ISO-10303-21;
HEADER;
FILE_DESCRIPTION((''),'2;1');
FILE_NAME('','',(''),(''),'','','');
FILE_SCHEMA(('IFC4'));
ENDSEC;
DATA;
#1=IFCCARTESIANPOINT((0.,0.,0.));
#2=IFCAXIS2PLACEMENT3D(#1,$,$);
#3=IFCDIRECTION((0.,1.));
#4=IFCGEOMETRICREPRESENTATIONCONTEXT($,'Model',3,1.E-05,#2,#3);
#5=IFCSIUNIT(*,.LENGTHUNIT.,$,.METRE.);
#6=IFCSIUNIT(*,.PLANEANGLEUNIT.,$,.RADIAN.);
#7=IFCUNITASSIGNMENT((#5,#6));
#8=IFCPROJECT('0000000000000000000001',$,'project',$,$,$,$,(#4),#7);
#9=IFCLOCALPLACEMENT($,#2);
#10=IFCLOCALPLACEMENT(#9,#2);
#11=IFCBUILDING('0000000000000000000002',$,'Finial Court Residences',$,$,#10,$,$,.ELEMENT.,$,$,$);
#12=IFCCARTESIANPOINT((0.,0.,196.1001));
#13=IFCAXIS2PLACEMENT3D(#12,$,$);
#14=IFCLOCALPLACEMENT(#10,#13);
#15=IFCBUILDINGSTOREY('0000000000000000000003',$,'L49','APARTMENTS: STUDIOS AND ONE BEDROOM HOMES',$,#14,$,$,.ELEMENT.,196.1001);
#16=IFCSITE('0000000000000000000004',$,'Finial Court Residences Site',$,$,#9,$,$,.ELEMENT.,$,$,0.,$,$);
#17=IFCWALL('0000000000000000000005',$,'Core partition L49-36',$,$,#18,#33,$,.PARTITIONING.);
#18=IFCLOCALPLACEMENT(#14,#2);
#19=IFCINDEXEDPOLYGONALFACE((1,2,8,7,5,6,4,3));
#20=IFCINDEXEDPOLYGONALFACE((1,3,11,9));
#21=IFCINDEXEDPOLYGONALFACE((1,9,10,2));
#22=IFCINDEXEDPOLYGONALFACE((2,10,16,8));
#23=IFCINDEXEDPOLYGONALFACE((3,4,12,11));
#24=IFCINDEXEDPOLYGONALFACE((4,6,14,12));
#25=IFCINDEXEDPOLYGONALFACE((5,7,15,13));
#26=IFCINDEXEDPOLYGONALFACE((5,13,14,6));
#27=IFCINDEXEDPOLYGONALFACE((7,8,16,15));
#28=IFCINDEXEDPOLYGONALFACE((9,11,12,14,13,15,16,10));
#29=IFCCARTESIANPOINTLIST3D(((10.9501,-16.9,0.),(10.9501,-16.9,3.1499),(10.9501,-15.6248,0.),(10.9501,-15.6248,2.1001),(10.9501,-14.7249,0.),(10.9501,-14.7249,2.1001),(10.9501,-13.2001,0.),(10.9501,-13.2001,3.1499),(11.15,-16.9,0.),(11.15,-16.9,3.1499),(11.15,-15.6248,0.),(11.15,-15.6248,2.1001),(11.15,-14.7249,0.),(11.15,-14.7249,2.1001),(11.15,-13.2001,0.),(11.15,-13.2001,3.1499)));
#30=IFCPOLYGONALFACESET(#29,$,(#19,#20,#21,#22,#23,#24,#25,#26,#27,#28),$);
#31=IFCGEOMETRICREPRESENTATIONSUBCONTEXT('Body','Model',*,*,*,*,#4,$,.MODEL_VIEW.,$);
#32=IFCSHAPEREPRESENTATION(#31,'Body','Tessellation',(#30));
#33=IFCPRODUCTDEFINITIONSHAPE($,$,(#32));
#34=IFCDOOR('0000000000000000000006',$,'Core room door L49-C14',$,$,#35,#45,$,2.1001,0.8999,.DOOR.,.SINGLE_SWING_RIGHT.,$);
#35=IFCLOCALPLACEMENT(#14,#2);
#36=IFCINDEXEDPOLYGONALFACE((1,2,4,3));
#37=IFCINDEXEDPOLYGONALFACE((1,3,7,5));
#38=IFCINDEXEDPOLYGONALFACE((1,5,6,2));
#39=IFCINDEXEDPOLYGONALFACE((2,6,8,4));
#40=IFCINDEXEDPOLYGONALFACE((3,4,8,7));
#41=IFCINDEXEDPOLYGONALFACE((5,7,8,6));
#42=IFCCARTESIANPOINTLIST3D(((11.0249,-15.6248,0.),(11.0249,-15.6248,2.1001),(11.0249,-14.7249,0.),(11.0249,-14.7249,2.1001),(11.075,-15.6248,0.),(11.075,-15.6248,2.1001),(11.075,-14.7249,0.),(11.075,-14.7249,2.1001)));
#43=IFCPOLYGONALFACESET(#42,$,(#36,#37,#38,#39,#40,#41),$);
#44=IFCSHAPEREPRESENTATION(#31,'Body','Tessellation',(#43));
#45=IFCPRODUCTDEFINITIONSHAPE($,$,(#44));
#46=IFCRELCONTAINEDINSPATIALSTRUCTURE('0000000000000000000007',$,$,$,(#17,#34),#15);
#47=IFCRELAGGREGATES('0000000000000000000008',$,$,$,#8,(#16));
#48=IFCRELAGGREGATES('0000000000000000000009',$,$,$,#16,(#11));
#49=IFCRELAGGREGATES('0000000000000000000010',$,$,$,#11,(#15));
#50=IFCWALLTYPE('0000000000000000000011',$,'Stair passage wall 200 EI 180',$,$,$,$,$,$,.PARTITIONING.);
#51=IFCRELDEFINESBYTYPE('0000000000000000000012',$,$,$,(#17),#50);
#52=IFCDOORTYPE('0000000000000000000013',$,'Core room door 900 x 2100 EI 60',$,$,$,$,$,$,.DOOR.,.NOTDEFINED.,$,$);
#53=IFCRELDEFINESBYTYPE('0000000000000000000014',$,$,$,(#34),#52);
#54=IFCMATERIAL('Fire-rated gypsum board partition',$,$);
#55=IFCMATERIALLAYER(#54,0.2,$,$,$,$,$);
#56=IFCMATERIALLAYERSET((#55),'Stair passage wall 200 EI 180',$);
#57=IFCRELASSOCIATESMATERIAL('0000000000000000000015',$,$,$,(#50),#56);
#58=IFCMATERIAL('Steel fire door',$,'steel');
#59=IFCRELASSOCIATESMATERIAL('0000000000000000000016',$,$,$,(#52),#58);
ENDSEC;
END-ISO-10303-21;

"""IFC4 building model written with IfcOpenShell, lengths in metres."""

from ifc_helpers import new_model, si_unit, direction, frame, frame_2d, origin, place, context, subcontext, project, spatial, rectangle, extrude, material, layer, layer_set, type_object, element, fill, save


model = new_model("IFC4")

# Units and contexts
model_context = context("Model", 3, precision=1e-05, world=origin(), true_north=direction((0.0, 1.0)))
body_context = subcontext(model_context, "Body", "Model", "MODEL_VIEW")
ifc_project = project(units=[si_unit("LENGTHUNIT", "METRE"), si_unit("PLANEANGLEUNIT", "RADIAN")], contexts=[model_context])

# Site, building, storey
site_placement = place(None, origin())
site = spatial("IfcSite", under=ifc_project, at=site_placement, Name="Finial Court Residences Site", CompositionType="ELEMENT", RefElevation=0.0)
building_placement = place(site_placement, origin())
building = spatial("IfcBuilding", under=site, at=building_placement, Name="Finial Court Residences", CompositionType="ELEMENT")
storey_placement = place(building_placement, frame((0.0, 0.0, 196.1001)))
storey = spatial("IfcBuildingStorey", under=building, at=storey_placement, Name="L49", Description="APARTMENTS: STUDIOS AND ONE BEDROOM HOMES", CompositionType="ELEMENT", Elevation=196.1001)

# Shared definitions
ifc_material_1 = material(Name="Fire-rated gypsum board partition")

# Wall, opening, door
ifc_material_2 = material(Name="Steel fire door", Category="steel")
ifc_layer_1 = layer(ifc_material_1, 0.2)
ifc_layer_set_1 = layer_set([ifc_layer_1], Name="Stair passage wall 200 EI 180")
wall_type_1 = type_object("IfcWallType", Name="Stair passage wall 200 EI 180", PredefinedType="PARTITIONING", material=ifc_layer_set_1)
wall_1_placement = place(storey_placement, frame((11.05, -13.2, 0.0), z_axis=(0.0, 0.0, 1.0), x_axis=(0.0, -1.0, 0.0)))
wall_1 = element("IfcWall", 1, at=wall_1_placement, inside=storey, type_object=wall_type_1, Name="Core partition L49-36", PredefinedType="PARTITIONING", context=body_context, shape_type="SweptSolid", body=[
    extrude(rectangle(XDim=3.7, YDim=0.2, at=frame_2d((1.8501, 0.0))), origin(), (0.0, 0.0, 1.0), 3.1499),
])
opening_1_placement = place(wall_1_placement, frame((1.5249, 0.0, 0.0)))
opening_1 = element("IfcOpeningElement", 2, at=opening_1_placement, cuts=wall_1, PredefinedType="OPENING", context=body_context, shape_type="SweptSolid", body=[
    extrude(rectangle(XDim=0.8999, YDim=2.1001, at=frame_2d((0.45, 1.05))), frame((0.0, 0.1099, 0.0), z_axis=(0.0, -1.0, 0.0), x_axis=(1.0, 0.0, 0.0)), (0.0, 0.0, 1.0), 0.22),
])
door_type_1 = type_object("IfcDoorType", Name="Core room door 900 x 2100 EI 60", OperationType="NOTDEFINED", PredefinedType="DOOR", material=ifc_material_2)
door_1_placement = place(opening_1_placement, origin())
door_1 = element("IfcDoor", 3, at=door_1_placement, inside=storey, type_object=door_type_1, Name="Core room door L49-C14", OperationType="SINGLE_SWING_RIGHT", OverallHeight=2.1001, OverallWidth=0.8999, PredefinedType="DOOR", context=body_context, shape_type="SweptSolid", body=[
    extrude(rectangle(XDim=0.8999, YDim=2.1001, at=frame_2d((0.45, 1.05))), frame((0.0, 0.0249, 0.0), z_axis=(0.0, -1.0, 0.0), x_axis=(1.0, 0.0, 0.0)), (0.0, 0.0, 1.0), 0.05),
])
fill(opening_1, door_1)

save(model, "model.ifc")
